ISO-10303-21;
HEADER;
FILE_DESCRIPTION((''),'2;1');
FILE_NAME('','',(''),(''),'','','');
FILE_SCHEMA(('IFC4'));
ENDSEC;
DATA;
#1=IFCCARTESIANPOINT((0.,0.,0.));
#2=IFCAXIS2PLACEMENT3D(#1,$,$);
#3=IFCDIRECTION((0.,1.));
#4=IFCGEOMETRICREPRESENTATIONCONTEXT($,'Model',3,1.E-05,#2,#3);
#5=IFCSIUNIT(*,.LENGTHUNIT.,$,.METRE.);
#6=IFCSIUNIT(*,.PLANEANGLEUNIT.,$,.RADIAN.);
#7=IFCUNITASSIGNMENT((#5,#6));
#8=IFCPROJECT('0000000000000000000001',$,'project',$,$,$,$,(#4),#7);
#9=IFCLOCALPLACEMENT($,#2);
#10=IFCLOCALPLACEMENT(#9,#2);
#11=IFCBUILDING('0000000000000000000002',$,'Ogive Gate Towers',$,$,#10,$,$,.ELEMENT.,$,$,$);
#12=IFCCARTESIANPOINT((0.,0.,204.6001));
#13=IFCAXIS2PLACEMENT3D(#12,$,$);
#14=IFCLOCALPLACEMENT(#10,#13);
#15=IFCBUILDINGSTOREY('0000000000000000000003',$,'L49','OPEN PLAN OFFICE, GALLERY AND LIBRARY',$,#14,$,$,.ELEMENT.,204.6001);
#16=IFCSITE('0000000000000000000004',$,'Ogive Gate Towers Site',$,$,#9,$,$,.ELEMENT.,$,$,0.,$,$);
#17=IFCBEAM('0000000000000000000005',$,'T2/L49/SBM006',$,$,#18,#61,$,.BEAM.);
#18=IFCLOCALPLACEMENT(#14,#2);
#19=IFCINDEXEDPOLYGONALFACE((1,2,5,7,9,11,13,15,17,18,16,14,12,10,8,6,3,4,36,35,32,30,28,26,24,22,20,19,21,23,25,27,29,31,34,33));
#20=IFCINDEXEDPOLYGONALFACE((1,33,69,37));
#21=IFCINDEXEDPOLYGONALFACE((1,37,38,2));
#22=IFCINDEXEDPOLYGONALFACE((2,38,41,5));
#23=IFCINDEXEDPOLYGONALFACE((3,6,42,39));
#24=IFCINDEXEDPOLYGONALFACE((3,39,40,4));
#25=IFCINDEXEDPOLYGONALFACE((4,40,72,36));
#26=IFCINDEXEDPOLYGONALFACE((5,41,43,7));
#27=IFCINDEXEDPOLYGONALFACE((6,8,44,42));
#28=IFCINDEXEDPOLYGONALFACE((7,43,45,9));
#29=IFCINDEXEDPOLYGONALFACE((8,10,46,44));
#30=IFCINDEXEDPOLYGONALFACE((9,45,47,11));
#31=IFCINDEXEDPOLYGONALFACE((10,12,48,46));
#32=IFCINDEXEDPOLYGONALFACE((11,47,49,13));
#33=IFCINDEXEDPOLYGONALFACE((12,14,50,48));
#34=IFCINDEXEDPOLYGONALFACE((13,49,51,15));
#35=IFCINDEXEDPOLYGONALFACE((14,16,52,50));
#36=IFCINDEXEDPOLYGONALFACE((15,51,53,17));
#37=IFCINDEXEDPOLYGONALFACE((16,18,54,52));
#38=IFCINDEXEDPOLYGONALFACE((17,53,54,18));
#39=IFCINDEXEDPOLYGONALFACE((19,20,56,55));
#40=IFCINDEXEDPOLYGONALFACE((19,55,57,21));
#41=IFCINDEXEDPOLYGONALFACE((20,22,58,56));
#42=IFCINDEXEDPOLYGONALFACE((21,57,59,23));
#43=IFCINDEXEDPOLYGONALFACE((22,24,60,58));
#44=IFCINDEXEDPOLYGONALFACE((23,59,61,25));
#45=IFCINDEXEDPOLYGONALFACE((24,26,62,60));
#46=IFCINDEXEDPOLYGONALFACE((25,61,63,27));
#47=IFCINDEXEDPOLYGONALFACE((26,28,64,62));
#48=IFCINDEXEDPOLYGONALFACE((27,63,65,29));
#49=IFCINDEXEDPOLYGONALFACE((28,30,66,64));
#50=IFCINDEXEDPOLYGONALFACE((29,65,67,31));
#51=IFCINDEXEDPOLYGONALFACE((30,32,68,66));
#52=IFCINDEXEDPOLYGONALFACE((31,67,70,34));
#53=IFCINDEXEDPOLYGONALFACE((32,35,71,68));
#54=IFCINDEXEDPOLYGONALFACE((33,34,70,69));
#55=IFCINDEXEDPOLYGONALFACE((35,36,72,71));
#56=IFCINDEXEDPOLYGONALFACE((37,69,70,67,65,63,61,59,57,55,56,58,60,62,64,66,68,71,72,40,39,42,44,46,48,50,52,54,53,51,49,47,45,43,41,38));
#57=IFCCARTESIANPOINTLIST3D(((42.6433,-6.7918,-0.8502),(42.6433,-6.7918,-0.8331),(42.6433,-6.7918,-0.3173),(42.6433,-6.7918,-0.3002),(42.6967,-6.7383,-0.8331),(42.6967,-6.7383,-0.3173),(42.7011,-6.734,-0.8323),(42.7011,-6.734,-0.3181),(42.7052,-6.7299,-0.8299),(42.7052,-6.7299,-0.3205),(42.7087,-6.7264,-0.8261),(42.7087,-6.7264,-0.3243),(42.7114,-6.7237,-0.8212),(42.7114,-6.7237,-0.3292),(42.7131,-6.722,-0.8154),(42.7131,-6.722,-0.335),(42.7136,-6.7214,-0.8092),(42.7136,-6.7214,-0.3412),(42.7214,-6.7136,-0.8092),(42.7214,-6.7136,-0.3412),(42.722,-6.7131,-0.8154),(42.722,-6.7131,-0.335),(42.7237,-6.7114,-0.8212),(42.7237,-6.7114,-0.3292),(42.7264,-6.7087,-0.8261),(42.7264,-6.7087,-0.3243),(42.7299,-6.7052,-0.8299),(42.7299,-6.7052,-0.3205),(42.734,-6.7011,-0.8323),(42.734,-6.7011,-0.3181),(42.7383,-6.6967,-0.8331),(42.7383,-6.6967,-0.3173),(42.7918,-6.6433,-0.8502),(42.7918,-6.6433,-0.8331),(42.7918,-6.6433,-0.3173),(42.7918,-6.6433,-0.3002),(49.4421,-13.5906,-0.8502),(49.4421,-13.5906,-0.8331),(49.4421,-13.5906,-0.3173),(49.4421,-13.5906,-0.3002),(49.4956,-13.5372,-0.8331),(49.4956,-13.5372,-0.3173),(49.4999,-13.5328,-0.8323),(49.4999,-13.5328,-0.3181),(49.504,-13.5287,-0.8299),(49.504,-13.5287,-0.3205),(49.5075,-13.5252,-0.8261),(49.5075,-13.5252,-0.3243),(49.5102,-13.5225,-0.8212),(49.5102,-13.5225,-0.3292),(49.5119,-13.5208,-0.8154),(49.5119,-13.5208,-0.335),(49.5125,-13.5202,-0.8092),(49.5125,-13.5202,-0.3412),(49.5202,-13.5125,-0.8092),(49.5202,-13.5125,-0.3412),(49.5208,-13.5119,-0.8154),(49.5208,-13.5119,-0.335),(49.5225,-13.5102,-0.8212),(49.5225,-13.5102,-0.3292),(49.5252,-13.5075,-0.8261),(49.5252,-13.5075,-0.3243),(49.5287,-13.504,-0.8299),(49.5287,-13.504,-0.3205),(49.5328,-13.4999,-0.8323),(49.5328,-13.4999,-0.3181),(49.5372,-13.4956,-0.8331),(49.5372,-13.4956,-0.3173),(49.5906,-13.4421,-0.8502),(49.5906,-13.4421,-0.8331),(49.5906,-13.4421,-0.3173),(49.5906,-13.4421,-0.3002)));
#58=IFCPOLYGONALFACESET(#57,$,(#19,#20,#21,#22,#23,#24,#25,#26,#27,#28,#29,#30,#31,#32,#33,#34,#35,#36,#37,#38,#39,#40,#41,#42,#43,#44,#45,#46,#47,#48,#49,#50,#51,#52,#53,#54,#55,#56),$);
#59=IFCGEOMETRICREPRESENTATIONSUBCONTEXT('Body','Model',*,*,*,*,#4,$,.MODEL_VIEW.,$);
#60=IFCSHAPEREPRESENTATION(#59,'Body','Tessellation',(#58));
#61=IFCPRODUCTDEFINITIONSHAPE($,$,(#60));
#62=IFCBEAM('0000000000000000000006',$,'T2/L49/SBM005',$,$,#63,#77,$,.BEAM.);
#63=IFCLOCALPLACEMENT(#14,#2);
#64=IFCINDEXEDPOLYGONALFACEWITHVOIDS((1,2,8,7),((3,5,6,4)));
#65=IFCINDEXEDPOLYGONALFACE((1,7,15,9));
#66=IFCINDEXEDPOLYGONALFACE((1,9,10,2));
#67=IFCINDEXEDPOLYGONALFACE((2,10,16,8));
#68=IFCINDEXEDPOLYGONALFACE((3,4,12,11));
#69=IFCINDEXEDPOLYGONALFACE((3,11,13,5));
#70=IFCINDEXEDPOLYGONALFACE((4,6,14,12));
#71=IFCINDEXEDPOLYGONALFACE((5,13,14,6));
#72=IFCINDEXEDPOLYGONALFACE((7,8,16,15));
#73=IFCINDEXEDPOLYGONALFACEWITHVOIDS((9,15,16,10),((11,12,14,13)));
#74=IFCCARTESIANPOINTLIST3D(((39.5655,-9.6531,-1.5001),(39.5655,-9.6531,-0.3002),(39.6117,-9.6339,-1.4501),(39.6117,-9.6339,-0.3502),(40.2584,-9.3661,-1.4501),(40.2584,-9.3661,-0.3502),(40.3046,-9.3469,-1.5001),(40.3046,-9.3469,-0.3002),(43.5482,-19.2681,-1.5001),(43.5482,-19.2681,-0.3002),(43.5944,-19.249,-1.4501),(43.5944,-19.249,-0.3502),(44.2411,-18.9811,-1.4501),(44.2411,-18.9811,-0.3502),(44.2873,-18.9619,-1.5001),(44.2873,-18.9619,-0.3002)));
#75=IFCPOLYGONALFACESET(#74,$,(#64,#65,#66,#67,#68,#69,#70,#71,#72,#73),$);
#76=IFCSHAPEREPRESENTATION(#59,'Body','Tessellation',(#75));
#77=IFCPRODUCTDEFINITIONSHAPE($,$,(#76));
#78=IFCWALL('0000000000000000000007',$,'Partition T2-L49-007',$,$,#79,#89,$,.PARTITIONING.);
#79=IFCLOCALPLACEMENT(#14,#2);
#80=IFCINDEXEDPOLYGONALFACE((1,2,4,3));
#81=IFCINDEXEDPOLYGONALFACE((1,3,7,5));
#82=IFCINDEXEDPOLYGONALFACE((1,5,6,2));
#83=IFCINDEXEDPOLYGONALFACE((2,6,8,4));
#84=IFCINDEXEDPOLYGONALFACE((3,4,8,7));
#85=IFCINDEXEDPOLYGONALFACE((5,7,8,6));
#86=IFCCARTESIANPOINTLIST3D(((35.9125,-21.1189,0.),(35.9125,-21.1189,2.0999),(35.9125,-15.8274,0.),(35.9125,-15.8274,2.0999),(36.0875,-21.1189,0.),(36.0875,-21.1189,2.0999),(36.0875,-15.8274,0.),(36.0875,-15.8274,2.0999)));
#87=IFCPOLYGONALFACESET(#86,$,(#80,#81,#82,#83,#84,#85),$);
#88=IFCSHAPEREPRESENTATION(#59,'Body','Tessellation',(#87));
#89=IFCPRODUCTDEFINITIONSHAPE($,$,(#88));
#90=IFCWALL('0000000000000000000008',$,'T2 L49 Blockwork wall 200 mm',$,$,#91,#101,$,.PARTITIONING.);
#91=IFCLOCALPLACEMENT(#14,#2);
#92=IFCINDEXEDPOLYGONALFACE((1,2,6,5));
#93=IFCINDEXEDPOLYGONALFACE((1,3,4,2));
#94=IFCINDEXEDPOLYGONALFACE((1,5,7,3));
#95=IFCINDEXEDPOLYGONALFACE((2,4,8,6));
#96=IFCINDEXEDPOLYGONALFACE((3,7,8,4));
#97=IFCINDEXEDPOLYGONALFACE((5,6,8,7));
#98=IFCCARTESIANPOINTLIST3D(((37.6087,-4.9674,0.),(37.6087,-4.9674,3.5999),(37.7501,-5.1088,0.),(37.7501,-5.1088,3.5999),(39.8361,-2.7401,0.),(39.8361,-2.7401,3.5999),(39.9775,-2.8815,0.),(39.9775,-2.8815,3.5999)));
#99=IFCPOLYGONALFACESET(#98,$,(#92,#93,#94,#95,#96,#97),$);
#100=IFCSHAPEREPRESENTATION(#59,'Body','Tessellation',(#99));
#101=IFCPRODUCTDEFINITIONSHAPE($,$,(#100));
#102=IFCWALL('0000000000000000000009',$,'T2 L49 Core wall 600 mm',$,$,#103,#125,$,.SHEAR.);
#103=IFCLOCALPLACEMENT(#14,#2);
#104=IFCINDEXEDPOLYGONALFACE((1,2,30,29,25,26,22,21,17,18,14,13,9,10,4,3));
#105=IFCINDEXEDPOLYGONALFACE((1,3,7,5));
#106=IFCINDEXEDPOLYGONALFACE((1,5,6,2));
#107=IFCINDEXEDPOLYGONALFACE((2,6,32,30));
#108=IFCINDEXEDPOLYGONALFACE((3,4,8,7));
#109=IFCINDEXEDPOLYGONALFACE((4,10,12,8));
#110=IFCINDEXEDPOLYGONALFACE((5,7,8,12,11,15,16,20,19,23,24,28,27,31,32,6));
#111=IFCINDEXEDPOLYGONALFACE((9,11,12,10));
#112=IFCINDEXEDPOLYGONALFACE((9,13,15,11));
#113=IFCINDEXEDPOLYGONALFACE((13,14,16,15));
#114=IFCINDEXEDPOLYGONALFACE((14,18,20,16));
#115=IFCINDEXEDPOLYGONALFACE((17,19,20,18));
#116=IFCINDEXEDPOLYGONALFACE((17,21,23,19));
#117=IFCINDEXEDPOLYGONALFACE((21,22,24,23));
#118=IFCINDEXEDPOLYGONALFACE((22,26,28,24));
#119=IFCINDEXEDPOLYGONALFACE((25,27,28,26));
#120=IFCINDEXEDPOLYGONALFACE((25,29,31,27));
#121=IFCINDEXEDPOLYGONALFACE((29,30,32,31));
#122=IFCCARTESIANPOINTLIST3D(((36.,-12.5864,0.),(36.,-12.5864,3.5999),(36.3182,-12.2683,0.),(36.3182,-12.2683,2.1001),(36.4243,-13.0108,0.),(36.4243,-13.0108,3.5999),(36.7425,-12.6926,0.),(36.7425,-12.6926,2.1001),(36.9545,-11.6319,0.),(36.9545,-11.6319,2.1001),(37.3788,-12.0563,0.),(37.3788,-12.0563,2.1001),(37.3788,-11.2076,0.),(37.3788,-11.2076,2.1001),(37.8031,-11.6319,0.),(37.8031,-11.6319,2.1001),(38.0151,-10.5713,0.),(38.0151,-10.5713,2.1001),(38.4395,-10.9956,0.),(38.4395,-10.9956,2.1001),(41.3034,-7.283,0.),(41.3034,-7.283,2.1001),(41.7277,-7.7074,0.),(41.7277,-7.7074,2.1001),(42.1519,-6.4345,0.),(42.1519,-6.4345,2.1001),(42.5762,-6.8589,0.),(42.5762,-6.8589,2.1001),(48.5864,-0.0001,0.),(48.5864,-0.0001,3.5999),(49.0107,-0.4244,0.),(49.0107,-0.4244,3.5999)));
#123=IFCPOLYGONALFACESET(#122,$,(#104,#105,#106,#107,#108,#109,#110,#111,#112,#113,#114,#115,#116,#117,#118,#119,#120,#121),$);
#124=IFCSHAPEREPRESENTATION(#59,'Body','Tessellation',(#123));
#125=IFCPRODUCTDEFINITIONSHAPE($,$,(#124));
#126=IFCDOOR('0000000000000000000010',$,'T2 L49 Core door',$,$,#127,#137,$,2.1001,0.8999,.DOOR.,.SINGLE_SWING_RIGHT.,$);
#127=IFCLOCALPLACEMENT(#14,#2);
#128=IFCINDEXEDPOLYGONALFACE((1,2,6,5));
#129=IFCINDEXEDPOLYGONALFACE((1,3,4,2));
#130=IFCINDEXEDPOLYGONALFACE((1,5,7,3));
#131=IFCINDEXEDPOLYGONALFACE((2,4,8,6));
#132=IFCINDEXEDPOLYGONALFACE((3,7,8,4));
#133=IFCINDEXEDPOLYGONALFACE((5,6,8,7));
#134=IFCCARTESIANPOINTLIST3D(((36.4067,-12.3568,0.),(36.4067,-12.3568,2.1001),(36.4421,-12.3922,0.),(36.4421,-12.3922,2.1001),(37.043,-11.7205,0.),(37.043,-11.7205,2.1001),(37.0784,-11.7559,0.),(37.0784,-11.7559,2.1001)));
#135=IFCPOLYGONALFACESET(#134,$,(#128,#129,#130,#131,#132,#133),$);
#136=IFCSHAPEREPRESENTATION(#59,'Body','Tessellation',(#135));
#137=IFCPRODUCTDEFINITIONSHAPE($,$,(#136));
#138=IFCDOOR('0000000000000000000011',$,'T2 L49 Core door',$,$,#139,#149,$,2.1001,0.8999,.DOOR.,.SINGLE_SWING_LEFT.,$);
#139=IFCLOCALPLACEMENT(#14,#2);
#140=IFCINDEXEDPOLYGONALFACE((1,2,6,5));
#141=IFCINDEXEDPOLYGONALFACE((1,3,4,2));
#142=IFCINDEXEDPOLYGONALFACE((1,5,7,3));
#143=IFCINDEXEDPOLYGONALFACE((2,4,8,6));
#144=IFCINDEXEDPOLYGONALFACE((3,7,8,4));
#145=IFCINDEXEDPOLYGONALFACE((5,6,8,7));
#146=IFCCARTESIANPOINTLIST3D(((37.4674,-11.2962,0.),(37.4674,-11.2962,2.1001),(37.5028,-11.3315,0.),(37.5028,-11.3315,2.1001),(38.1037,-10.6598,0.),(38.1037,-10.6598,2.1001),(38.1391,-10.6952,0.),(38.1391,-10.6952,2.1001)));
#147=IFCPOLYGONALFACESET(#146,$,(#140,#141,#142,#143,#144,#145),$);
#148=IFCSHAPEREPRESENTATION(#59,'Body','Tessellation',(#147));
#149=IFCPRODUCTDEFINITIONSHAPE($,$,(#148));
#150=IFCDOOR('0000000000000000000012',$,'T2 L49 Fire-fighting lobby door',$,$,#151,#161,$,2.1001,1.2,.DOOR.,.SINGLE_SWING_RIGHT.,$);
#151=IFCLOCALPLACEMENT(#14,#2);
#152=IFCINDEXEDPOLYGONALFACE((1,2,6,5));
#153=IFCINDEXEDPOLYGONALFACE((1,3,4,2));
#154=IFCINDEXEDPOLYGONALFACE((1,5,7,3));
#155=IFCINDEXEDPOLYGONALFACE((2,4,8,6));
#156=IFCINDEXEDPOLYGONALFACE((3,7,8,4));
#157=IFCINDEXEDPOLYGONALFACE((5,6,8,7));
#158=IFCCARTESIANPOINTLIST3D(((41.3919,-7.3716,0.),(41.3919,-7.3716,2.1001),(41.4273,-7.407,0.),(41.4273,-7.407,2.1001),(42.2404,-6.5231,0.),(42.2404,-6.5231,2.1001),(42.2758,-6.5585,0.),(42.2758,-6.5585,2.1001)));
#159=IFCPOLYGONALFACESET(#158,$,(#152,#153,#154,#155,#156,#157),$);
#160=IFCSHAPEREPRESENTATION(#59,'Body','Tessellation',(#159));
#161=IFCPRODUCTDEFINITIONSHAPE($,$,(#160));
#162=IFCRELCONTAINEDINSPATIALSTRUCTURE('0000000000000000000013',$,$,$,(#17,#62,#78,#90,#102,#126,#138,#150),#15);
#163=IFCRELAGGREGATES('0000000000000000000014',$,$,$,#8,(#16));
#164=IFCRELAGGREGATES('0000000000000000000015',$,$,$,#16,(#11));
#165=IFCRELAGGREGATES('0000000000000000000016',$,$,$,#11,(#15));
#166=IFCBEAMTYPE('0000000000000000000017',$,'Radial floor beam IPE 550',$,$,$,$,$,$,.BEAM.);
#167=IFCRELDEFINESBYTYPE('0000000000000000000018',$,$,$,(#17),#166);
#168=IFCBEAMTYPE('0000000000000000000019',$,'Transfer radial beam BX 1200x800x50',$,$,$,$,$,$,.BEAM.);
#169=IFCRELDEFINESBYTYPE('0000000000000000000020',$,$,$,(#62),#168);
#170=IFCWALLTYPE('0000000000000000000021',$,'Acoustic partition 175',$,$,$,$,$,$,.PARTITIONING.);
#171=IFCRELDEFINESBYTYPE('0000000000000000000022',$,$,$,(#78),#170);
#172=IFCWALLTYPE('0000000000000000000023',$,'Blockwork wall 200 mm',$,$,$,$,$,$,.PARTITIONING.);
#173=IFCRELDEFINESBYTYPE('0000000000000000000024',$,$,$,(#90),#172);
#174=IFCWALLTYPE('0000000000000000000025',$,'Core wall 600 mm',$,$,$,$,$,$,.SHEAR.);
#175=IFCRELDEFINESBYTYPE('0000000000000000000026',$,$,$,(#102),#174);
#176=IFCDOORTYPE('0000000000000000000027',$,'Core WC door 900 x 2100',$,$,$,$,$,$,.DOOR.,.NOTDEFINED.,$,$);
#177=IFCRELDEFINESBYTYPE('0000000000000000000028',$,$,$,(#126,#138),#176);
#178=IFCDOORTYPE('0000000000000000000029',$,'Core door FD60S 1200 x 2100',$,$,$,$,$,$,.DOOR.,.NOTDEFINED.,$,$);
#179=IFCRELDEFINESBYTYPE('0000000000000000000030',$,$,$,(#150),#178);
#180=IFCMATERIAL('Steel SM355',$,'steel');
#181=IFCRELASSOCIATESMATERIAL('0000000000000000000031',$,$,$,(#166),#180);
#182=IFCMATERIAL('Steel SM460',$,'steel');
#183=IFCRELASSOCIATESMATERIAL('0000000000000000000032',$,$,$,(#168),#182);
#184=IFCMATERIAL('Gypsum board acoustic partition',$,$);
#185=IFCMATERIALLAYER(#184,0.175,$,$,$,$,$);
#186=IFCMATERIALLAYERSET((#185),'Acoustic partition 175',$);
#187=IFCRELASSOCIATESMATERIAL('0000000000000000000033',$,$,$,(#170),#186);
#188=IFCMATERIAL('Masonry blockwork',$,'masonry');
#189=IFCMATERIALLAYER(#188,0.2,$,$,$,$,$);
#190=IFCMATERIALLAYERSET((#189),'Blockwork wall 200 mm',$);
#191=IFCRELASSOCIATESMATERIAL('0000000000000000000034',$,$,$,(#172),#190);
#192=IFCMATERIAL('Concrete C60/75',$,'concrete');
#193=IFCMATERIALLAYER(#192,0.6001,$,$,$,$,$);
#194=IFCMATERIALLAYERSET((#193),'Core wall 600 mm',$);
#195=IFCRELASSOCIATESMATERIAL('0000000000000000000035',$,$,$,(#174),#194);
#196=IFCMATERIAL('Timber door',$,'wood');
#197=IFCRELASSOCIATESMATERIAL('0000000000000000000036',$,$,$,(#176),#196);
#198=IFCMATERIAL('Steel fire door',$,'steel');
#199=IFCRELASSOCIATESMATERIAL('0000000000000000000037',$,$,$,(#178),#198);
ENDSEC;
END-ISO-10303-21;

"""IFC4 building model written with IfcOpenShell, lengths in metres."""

from ifc_helpers import new_model, si_unit, direction, frame, frame_2d, origin, origin_2d, place, context, subcontext, project, spatial, rectangle, hollow_rectangle, i_section, extrude, material, layer, layer_set, material_profile, profile_set, type_object, element, fill, save


model = new_model("IFC4")

# Units and contexts
model_context = context("Model", 3, precision=1e-05, world=origin(), true_north=direction((0.0, 1.0)))
body_context = subcontext(model_context, "Body", "Model", "MODEL_VIEW")
ifc_project = project(units=[si_unit("LENGTHUNIT", "METRE"), si_unit("PLANEANGLEUNIT", "RADIAN")], contexts=[model_context])

# Site, building, storey
site_placement = place(None, origin())
site = spatial("IfcSite", under=ifc_project, at=site_placement, Name="Ogive Gate Towers Site", CompositionType="ELEMENT", RefElevation=0.0)
building_placement = place(site_placement, origin())
building = spatial("IfcBuilding", under=site, at=building_placement, Name="Ogive Gate Towers", CompositionType="ELEMENT")
storey_placement = place(building_placement, frame((0.0, 0.0, 204.6001)))
storey = spatial("IfcBuildingStorey", under=building, at=storey_placement, Name="L49", Description="OPEN PLAN OFFICE, GALLERY AND LIBRARY", CompositionType="ELEMENT", Elevation=204.6001)

# Beams
ifc_material_1 = material(Name="Steel SM355", Category="steel")
ifc_material_profile_1 = material_profile(ifc_material_1, i_section(OverallWidth=0.21, OverallDepth=0.55, WebThickness=0.011, FlangeThickness=0.0171, FilletRadius=0.0239, at=origin_2d()), Name="IPE 550")
ifc_profile_set_1 = profile_set([ifc_material_profile_1], Name="Steel SM355")
beam_type_1 = type_object("IfcBeamType", Name="Radial floor beam IPE 550", PredefinedType="BEAM", material=ifc_profile_set_1)
beam_1_placement = place(storey_placement, frame((42.7175, -6.7175, -0.5752), z_axis=(0.707107, -0.707107, 0.0), x_axis=(0.707107, 0.707107, 0.0)))
element("IfcBeam", 1, at=beam_1_placement, inside=storey, type_object=beam_type_1, Name="T2/L49/SBM006", PredefinedType="BEAM", context=body_context, shape_type="SweptSolid", body=[
    extrude(i_section(OverallWidth=0.21, OverallDepth=0.55, WebThickness=0.011, FlangeThickness=0.0171, FilletRadius=0.0239, at=origin_2d()), origin(), (0.0, 0.0, 1.0), 9.615),
])
ifc_material_2 = material(Name="Steel SM460", Category="steel")
ifc_material_profile_2 = material_profile(ifc_material_2, hollow_rectangle(XDim=0.8, YDim=1.2, WallThickness=0.05, at=origin_2d()), Name="BX 1200x800x50")
ifc_profile_set_2 = profile_set([ifc_material_profile_2], Name="Steel SM460")
beam_type_2 = type_object("IfcBeamType", Name="Transfer radial beam BX 1200x800x50", PredefinedType="BEAM", material=ifc_profile_set_2)
beam_2_placement = place(storey_placement, frame((39.9351, -9.5, -0.9001), z_axis=(0.382684, -0.923879, 0.0), x_axis=(0.923879, 0.382684, 0.0)))
element("IfcBeam", 2, at=beam_2_placement, inside=storey, type_object=beam_type_2, Name="T2/L49/SBM005", PredefinedType="BEAM", context=body_context, shape_type="SweptSolid", body=[
    extrude(hollow_rectangle(XDim=0.8, YDim=1.2, WallThickness=0.05, at=origin_2d()), origin(), (0.0, 0.0, 1.0), 10.4072),
])

# Walls
ifc_material_3 = material(Name="Gypsum board acoustic partition")
ifc_layer_1 = layer(ifc_material_3, 0.175)
ifc_layer_set_1 = layer_set([ifc_layer_1], Name="Acoustic partition 175")
wall_type_1 = type_object("IfcWallType", Name="Acoustic partition 175", PredefinedType="PARTITIONING", material=ifc_layer_set_1)
wall_1_placement = place(storey_placement, frame((36.0, -21.1189, 0.0), z_axis=(0.0, 0.0, 1.0), x_axis=(0.0, 1.0, 0.0)))
element("IfcWall", 3, at=wall_1_placement, inside=storey, type_object=wall_type_1, Name="Partition T2-L49-007", PredefinedType="PARTITIONING", context=body_context, shape_type="SweptSolid", body=[
    extrude(rectangle(XDim=5.2915, YDim=0.175, at=frame_2d((2.6458, 0.0))), origin(), (0.0, 0.0, 1.0), 2.0999),
])
ifc_material_4 = material(Name="Masonry blockwork", Category="masonry")
ifc_layer_2 = layer(ifc_material_4, 0.2)
ifc_layer_set_2 = layer_set([ifc_layer_2], Name="Blockwork wall 200 mm")
wall_type_2 = type_object("IfcWallType", Name="Blockwork wall 200 mm", PredefinedType="PARTITIONING", material=ifc_layer_set_2)
wall_2_placement = place(storey_placement, frame((37.6794, -5.0381, 0.0), z_axis=(0.0, 0.0, 1.0), x_axis=(0.707107, 0.707107, 0.0)))
element("IfcWall", 4, at=wall_2_placement, inside=storey, type_object=wall_type_2, Name="T2 L49 Blockwork wall 200 mm", PredefinedType="PARTITIONING", context=body_context, shape_type="SweptSolid", body=[
    extrude(rectangle(XDim=3.1499, YDim=0.2, at=frame_2d((1.575, 0.0))), origin(), (0.0, 0.0, 1.0), 3.5999),
])

# Wall, openings, doors
ifc_material_5 = material(Name="Concrete C60/75", Category="concrete")
ifc_layer_3 = layer(ifc_material_5, 0.6001)
ifc_layer_set_3 = layer_set([ifc_layer_3], Name="Core wall 600 mm")
wall_type_3 = type_object("IfcWallType", Name="Core wall 600 mm", PredefinedType="SHEAR", material=ifc_layer_set_3)
wall_3_placement = place(storey_placement, frame((36.2122, -12.7986, 0.0), z_axis=(0.0, 0.0, 1.0), x_axis=(0.707107, 0.707107, 0.0)))
wall_3 = element("IfcWall", 5, at=wall_3_placement, inside=storey, type_object=wall_type_3, Name="T2 L49 Core wall 600 mm", PredefinedType="SHEAR", context=body_context, shape_type="SweptSolid", body=[
    extrude(rectangle(XDim=17.7998, YDim=0.6001, at=frame_2d((8.8999, 0.0))), origin(), (0.0, 0.0, 1.0), 3.5999),
])
opening_1_placement = place(wall_3_placement, frame((7.5, 0.0, 0.0)))
opening_1 = element("IfcOpeningElement", 6, at=opening_1_placement, cuts=wall_3, PredefinedType="OPENING", context=body_context, shape_type="SweptSolid", body=[
    extrude(rectangle(XDim=1.2, YDim=2.1001, at=frame_2d((0.6001, 1.05))), frame((0.0, 0.3101, 0.0), z_axis=(0.0, -1.0, 0.0), x_axis=(1.0, 0.0, 0.0)), (0.0, 0.0, 1.0), 0.6201),
])
opening_2_placement = place(wall_3_placement, frame((0.45, 0.0, 0.0)))
opening_2 = element("IfcOpeningElement", 7, at=opening_2_placement, cuts=wall_3, PredefinedType="OPENING", context=body_context, shape_type="SweptSolid", body=[
    extrude(rectangle(XDim=0.8999, YDim=2.1001, at=frame_2d((0.45, 1.05))), frame((0.0, 0.3101, 0.0), z_axis=(0.0, -1.0, 0.0), x_axis=(1.0, 0.0, 0.0)), (0.0, 0.0, 1.0), 0.6201),
])
opening_3_placement = place(wall_3_placement, frame((1.95, 0.0, 0.0)))
opening_3 = element("IfcOpeningElement", 8, at=opening_3_placement, cuts=wall_3, PredefinedType="OPENING", context=body_context, shape_type="SweptSolid", body=[
    extrude(rectangle(XDim=0.8999, YDim=2.1001, at=frame_2d((0.45, 1.05))), frame((0.0, 0.3101, 0.0), z_axis=(0.0, -1.0, 0.0), x_axis=(1.0, 0.0, 0.0)), (0.0, 0.0, 1.0), 0.6201),
])
ifc_material_6 = material(Name="Timber door", Category="wood")
door_type_1 = type_object("IfcDoorType", Name="Core WC door 900 x 2100", OperationType="NOTDEFINED", PredefinedType="DOOR", material=ifc_material_6)
door_1_placement = place(opening_2_placement, origin())
door_1 = element("IfcDoor", 9, at=door_1_placement, inside=storey, type_object=door_type_1, Name="T2 L49 Core door", OperationType="SINGLE_SWING_RIGHT", OverallHeight=2.1001, OverallWidth=0.8999, PredefinedType="DOOR", context=body_context, shape_type="SweptSolid", body=[
    extrude(rectangle(XDim=0.8999, YDim=2.1001, at=frame_2d((0.45, 1.05))), frame((0.0, 0.1748, 0.0), z_axis=(0.0, -1.0, 0.0), x_axis=(1.0, 0.0, 0.0)), (0.0, 0.0, 1.0), 0.05),
])
fill(opening_2, door_1)
door_2_placement = place(opening_3_placement, origin())
door_2 = element("IfcDoor", 10, at=door_2_placement, inside=storey, type_object=door_type_1, Name="T2 L49 Core door", OperationType="SINGLE_SWING_LEFT", OverallHeight=2.1001, OverallWidth=0.8999, PredefinedType="DOOR", context=body_context, shape_type="SweptSolid", body=[
    extrude(rectangle(XDim=0.8999, YDim=2.1001, at=frame_2d((0.45, 1.05))), frame((0.0, 0.1748, 0.0), z_axis=(0.0, -1.0, 0.0), x_axis=(1.0, 0.0, 0.0)), (0.0, 0.0, 1.0), 0.05),
])
fill(opening_3, door_2)
ifc_material_7 = material(Name="Steel fire door", Category="steel")
door_type_2 = type_object("IfcDoorType", Name="Core door FD60S 1200 x 2100", OperationType="NOTDEFINED", PredefinedType="DOOR", material=ifc_material_7)
door_3_placement = place(opening_1_placement, origin())
door_3 = element("IfcDoor", 11, at=door_3_placement, inside=storey, type_object=door_type_2, Name="T2 L49 Fire-fighting lobby door", OperationType="SINGLE_SWING_RIGHT", OverallHeight=2.1001, OverallWidth=1.2, PredefinedType="DOOR", context=body_context, shape_type="SweptSolid", body=[
    extrude(rectangle(XDim=1.2, YDim=2.1001, at=frame_2d((0.6001, 1.05))), frame((0.0, 0.1748, 0.0), z_axis=(0.0, -1.0, 0.0), x_axis=(1.0, 0.0, 0.0)), (0.0, 0.0, 1.0), 0.05),
])
fill(opening_1, door_3)

save(model, "model.ifc")
